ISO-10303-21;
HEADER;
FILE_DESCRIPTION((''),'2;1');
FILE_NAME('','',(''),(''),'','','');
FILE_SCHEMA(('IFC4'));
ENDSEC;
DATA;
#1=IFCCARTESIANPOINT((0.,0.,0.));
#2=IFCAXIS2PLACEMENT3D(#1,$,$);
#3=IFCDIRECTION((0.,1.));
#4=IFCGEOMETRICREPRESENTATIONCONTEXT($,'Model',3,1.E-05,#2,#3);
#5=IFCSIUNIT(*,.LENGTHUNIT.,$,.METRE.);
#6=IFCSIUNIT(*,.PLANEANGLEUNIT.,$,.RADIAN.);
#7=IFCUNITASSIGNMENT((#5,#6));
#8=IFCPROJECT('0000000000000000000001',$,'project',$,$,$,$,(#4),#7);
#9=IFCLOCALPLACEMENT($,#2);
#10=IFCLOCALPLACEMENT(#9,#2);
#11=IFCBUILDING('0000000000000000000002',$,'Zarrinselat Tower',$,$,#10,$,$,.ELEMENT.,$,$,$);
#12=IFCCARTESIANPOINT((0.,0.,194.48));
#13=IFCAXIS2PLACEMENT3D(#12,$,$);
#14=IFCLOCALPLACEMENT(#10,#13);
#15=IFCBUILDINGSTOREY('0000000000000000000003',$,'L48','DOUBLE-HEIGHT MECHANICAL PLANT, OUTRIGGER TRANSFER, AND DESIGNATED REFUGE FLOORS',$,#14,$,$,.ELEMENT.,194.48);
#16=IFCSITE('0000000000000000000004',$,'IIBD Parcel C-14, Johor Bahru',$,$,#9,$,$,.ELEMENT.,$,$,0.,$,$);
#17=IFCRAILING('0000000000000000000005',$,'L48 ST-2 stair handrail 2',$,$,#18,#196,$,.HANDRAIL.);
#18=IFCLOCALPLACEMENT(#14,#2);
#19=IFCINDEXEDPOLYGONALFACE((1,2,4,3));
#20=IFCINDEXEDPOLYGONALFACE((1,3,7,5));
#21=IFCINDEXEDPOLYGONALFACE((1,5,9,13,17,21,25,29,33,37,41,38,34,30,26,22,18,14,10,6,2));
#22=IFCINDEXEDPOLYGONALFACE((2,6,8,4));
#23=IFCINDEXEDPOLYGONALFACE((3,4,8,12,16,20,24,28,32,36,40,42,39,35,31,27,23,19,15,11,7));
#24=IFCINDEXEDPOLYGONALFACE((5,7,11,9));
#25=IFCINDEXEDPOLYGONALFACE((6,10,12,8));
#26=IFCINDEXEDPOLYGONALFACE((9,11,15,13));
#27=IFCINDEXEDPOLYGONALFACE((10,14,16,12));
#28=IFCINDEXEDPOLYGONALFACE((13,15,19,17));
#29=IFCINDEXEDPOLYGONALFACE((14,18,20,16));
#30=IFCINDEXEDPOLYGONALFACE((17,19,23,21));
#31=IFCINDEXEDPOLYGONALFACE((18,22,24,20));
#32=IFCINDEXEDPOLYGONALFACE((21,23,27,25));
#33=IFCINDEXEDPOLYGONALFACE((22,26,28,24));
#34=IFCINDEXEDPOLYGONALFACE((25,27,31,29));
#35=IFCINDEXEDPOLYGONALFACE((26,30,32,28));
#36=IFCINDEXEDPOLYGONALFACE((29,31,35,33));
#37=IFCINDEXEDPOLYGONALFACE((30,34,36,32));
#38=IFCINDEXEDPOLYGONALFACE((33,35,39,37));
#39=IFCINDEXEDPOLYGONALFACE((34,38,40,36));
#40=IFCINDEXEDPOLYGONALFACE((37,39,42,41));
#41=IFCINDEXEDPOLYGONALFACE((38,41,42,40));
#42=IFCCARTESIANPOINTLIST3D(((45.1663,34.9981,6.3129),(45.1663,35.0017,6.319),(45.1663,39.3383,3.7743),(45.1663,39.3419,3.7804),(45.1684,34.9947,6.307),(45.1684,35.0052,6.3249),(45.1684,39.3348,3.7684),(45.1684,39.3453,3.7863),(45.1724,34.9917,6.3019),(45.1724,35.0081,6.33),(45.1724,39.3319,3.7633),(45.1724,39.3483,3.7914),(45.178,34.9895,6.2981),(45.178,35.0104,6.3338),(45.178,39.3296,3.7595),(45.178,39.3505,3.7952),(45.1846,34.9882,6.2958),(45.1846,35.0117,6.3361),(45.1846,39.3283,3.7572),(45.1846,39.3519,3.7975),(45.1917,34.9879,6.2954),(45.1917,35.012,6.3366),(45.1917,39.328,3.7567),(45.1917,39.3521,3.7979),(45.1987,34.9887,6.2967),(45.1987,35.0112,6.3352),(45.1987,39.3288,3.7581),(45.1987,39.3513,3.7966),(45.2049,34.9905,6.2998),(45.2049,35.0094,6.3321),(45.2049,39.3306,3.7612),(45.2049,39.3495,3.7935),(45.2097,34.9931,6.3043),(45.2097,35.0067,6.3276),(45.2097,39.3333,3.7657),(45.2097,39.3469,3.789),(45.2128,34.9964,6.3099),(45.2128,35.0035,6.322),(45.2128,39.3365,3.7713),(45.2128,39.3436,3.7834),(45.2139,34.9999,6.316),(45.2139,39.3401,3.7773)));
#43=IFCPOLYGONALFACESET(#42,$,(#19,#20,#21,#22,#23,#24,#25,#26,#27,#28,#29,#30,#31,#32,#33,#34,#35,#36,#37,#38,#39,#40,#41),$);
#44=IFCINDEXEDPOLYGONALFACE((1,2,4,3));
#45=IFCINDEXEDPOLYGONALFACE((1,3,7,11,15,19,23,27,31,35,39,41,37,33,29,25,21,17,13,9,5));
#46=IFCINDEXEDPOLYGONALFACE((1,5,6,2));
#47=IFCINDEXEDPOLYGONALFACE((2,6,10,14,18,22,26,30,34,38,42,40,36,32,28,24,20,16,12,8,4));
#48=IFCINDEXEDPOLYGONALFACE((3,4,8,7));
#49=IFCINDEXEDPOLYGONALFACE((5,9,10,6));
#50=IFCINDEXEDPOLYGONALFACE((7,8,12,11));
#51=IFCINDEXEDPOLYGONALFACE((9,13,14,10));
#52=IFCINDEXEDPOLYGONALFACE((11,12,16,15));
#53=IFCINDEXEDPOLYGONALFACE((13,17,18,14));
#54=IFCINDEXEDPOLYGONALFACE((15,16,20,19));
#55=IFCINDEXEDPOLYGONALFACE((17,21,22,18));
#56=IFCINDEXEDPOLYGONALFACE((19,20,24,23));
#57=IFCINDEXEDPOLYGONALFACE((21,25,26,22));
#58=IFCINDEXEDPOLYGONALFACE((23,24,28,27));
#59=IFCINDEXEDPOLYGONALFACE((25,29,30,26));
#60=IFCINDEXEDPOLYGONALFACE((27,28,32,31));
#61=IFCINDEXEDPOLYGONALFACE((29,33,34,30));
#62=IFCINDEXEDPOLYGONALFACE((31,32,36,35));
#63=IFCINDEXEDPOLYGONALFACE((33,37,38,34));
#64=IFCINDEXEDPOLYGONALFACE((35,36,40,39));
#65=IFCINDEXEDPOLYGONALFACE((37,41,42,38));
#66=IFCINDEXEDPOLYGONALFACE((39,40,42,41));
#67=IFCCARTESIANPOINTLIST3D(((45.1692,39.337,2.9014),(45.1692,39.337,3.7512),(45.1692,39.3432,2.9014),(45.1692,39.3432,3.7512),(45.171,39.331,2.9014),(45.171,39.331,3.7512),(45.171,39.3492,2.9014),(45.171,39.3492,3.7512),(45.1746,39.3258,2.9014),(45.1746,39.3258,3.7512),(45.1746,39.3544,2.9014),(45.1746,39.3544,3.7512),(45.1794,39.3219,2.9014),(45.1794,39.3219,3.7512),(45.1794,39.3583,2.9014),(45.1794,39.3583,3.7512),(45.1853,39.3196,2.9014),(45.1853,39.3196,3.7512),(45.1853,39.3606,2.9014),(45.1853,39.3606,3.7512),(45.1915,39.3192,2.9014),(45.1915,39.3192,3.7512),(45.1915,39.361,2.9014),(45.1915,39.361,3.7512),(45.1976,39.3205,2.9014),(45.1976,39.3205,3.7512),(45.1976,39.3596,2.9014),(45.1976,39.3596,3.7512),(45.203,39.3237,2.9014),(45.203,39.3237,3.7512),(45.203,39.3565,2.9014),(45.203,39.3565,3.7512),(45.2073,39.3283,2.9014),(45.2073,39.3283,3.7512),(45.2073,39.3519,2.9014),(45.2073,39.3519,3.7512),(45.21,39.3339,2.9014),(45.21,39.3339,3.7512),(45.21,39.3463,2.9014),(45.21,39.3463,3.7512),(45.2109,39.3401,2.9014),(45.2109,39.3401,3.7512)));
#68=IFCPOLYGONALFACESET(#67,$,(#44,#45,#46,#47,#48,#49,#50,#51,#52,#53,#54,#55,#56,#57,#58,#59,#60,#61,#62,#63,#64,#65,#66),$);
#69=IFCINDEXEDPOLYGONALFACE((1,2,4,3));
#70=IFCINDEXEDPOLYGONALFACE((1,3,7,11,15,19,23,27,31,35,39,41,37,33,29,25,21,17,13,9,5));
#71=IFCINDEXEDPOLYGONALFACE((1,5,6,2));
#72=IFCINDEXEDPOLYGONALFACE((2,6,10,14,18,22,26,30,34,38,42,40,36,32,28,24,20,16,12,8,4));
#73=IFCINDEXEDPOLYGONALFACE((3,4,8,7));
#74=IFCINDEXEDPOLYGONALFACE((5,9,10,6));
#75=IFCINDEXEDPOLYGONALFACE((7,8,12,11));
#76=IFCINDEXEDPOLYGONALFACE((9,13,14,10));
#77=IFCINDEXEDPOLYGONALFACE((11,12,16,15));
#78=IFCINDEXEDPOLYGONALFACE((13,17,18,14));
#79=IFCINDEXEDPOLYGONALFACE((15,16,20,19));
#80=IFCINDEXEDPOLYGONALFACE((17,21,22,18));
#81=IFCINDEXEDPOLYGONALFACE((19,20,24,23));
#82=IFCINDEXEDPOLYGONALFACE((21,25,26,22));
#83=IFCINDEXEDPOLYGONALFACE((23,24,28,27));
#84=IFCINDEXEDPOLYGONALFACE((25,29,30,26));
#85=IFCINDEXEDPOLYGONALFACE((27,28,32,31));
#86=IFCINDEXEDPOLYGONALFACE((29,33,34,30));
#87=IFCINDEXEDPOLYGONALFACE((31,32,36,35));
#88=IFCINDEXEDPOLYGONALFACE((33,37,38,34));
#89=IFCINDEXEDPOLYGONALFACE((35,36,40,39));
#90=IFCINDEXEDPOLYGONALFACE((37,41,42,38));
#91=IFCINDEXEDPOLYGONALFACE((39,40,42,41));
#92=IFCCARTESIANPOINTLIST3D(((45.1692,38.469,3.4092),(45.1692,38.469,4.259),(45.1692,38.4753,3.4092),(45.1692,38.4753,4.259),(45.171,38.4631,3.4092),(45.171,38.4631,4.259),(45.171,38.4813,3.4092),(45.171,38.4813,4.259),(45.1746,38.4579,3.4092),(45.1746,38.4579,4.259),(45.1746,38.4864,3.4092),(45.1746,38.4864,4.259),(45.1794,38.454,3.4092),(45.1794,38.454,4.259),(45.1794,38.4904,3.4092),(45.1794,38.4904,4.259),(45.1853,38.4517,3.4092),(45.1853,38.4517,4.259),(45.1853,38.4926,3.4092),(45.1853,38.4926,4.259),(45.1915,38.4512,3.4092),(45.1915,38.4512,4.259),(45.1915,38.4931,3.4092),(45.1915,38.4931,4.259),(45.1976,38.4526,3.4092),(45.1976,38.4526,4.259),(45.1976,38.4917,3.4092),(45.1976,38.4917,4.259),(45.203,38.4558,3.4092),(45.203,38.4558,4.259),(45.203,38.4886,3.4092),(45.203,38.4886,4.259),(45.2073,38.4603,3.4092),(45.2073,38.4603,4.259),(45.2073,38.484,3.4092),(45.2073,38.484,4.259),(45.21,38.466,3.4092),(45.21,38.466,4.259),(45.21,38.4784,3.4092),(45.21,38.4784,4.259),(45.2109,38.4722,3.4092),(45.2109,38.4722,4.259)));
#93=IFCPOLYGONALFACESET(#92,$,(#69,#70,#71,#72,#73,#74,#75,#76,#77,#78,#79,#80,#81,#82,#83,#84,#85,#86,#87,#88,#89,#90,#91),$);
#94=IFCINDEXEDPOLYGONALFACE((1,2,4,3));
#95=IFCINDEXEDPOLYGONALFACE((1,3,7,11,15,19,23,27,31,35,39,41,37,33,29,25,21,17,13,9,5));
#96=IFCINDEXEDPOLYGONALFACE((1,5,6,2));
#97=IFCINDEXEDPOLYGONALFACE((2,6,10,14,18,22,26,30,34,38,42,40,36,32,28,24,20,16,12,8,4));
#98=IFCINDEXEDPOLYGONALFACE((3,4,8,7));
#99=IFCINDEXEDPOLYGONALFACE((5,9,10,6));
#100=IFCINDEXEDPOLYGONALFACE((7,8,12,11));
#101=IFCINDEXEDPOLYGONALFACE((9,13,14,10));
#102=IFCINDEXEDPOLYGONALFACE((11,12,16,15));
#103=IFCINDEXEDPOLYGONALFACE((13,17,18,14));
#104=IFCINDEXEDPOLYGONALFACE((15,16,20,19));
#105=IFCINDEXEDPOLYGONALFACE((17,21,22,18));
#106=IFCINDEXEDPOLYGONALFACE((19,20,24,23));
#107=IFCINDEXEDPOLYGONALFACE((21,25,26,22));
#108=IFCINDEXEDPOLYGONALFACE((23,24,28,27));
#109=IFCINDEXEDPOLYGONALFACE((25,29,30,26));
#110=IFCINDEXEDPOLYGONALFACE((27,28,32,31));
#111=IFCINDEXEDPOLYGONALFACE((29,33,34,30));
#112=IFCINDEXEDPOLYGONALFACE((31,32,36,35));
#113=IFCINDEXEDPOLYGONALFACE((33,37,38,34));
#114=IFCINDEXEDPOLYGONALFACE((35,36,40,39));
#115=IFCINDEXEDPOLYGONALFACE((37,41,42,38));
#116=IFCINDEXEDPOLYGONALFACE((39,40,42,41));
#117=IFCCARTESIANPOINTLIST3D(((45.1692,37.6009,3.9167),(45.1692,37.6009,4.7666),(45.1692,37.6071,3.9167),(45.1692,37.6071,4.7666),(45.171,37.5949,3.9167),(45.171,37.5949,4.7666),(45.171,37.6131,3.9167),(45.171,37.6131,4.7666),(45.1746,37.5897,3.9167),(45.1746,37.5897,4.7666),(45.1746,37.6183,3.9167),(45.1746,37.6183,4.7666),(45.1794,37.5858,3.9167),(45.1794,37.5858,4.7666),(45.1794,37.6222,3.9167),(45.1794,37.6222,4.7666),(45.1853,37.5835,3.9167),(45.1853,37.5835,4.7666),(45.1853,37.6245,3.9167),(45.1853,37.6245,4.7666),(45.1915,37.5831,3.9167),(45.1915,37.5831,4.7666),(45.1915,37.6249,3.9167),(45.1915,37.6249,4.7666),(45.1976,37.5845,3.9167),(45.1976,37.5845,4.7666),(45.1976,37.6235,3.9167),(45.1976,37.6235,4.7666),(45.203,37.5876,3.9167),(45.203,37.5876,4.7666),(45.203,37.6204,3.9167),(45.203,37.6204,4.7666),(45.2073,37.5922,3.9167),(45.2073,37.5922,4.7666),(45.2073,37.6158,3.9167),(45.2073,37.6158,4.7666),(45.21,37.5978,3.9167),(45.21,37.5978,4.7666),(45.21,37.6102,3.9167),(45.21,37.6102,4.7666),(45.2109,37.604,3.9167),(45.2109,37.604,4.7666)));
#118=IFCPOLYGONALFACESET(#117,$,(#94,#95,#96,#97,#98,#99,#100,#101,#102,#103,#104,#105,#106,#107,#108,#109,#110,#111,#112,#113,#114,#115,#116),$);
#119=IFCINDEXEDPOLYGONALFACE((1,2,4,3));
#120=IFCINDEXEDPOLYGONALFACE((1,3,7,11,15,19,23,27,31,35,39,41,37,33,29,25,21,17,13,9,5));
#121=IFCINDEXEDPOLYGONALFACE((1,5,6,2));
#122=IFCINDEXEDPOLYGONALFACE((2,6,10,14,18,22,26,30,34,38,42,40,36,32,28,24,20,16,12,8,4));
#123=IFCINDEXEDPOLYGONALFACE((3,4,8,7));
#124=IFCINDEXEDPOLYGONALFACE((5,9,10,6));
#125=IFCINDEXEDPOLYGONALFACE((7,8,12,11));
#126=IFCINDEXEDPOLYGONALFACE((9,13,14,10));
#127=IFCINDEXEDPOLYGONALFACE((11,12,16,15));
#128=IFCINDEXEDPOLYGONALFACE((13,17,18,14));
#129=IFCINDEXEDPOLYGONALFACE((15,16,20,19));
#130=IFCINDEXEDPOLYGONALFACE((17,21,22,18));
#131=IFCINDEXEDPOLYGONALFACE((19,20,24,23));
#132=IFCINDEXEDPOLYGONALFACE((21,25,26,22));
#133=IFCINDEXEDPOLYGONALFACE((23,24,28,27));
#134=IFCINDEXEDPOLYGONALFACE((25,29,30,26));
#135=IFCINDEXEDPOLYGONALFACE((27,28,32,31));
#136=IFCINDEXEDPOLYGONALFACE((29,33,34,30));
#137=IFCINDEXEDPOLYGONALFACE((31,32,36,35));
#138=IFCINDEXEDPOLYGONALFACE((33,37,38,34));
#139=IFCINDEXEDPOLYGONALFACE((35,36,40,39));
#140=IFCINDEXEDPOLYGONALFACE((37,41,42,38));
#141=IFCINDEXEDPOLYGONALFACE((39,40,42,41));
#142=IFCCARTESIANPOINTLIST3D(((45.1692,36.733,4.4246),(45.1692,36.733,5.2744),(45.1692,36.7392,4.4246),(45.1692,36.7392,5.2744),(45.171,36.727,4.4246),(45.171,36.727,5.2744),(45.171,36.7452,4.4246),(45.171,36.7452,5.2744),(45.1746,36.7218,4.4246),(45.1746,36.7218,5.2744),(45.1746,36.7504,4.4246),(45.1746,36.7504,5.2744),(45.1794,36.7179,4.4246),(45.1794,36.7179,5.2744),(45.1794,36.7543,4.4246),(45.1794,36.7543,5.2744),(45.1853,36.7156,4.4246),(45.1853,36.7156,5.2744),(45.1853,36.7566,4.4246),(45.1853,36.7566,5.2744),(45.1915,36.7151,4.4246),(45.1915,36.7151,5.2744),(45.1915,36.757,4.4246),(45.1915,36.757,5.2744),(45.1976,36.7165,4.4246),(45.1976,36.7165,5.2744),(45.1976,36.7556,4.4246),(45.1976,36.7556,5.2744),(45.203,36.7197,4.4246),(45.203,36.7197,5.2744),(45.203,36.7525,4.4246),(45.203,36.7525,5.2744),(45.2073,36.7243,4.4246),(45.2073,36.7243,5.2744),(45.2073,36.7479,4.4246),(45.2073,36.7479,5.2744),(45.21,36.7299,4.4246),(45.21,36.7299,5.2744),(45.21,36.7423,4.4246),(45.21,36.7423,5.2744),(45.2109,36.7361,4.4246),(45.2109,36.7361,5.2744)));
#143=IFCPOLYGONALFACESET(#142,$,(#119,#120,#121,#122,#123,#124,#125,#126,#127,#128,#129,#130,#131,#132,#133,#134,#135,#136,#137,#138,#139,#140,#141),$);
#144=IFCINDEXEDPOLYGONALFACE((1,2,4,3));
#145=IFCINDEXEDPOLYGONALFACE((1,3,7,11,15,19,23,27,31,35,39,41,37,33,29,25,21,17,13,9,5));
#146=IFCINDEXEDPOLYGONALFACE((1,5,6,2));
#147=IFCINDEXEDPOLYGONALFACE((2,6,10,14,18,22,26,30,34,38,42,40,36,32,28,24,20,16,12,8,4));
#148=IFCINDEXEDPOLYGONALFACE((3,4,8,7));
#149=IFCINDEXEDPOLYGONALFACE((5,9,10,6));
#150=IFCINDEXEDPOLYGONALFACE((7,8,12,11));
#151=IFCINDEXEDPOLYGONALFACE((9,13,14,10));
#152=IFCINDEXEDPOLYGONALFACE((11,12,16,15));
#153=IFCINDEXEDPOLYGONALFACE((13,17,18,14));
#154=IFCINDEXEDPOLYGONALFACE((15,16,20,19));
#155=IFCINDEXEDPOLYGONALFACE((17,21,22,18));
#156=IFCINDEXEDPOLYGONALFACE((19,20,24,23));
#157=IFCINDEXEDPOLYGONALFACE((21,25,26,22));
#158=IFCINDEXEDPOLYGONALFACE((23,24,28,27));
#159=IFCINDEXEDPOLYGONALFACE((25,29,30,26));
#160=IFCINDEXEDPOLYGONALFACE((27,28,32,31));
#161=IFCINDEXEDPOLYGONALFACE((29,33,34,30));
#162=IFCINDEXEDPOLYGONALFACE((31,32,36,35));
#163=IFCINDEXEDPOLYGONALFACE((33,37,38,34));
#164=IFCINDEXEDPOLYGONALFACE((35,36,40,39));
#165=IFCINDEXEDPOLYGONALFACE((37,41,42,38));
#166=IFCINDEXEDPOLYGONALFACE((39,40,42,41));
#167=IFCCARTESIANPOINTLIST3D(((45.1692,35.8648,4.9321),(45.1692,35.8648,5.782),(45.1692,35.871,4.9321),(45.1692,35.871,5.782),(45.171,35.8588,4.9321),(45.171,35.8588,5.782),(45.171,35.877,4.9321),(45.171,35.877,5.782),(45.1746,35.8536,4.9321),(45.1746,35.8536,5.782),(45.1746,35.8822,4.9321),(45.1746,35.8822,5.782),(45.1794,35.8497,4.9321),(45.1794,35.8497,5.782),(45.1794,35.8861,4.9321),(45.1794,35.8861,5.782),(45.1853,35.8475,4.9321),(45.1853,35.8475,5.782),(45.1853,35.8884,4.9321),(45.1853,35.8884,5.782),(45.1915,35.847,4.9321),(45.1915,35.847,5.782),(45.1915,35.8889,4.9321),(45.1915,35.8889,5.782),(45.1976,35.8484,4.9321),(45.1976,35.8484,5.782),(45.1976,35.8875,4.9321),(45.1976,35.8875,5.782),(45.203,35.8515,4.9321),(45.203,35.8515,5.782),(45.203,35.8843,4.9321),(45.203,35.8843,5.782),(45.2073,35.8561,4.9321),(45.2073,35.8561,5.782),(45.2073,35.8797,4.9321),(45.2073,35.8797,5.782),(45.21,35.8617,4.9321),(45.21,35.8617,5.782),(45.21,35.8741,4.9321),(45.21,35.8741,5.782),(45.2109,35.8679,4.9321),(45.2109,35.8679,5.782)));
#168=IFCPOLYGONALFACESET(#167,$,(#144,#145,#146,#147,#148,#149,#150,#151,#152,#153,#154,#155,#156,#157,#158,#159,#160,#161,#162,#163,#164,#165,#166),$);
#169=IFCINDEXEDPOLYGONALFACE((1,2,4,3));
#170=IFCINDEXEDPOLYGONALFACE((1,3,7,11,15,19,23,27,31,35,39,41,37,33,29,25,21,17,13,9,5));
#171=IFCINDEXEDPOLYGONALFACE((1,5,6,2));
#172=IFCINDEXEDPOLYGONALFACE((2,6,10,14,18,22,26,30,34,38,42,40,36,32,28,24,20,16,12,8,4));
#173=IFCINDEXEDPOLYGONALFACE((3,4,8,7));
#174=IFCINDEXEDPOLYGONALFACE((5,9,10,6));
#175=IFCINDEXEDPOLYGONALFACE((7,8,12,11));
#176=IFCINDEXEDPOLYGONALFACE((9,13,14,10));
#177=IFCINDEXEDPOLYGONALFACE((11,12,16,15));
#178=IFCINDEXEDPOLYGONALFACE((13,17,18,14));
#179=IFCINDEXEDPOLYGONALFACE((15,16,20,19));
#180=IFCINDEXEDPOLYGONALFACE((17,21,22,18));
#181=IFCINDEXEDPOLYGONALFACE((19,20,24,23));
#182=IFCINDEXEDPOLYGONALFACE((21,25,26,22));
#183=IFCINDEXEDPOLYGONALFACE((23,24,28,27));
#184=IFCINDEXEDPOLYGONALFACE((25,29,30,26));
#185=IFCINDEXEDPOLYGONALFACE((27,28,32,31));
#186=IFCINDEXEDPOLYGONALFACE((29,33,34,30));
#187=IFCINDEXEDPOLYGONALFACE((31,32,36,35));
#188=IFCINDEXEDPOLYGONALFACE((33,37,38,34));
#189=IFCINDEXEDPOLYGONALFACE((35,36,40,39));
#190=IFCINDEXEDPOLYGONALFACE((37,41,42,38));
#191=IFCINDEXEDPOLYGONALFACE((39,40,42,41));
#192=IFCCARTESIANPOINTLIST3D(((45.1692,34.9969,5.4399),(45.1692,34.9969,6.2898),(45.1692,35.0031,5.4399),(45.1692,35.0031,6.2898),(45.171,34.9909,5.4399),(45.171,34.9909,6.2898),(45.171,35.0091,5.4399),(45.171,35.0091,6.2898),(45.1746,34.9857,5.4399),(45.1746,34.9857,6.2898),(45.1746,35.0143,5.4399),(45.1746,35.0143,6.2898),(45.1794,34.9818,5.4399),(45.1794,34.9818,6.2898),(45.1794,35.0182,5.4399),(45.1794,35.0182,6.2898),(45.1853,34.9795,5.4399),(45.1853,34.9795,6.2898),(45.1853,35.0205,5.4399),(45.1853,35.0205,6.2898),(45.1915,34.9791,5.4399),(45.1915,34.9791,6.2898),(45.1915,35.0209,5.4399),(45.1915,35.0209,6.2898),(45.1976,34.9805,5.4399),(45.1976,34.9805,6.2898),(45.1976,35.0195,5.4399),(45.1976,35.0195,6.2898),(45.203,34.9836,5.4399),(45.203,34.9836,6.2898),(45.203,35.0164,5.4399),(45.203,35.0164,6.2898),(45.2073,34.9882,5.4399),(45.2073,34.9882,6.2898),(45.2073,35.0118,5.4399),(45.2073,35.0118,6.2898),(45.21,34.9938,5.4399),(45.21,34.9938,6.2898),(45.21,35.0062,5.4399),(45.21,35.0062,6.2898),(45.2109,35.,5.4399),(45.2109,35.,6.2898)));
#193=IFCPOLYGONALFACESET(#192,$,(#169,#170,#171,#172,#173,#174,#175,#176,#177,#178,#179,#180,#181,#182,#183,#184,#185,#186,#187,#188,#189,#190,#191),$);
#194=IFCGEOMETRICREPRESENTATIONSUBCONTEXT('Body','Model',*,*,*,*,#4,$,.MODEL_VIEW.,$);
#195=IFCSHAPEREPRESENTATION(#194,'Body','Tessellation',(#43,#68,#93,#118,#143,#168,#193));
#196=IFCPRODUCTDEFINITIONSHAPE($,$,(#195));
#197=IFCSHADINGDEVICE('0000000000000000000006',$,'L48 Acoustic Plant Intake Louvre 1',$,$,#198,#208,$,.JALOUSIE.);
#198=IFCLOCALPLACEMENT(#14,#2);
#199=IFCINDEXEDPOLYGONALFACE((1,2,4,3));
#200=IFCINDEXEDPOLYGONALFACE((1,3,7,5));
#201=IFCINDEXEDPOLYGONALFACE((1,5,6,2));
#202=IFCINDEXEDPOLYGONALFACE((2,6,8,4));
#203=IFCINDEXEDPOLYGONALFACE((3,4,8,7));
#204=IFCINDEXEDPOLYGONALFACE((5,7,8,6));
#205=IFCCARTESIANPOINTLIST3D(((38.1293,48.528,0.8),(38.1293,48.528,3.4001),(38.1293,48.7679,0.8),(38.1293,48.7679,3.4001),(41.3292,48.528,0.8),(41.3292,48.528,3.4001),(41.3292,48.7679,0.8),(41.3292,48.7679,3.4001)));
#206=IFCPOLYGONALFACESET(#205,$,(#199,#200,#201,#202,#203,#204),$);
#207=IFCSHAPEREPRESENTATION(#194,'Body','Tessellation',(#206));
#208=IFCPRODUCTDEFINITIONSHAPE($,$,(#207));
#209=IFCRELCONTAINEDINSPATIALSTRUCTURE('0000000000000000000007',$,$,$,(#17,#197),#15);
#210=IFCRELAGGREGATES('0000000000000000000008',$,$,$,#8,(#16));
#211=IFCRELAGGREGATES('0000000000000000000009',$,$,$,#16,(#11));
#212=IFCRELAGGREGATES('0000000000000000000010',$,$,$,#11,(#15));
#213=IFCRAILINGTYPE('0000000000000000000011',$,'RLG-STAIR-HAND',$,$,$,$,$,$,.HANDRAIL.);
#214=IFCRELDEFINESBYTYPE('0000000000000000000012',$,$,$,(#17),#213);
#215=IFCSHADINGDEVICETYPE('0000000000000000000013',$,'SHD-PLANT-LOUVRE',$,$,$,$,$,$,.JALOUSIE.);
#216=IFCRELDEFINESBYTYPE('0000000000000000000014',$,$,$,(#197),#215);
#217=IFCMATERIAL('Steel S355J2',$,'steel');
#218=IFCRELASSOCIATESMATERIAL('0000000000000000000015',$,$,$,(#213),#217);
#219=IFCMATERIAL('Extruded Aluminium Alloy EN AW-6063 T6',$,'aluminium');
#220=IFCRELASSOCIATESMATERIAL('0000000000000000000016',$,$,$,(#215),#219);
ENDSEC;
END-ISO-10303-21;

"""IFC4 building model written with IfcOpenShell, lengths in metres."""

from ifc_helpers import new_model, si_unit, direction, frame, origin, origin_2d, place, context, subcontext, project, spatial, rectangle, circle, extrude, material, type_object, element, save


model = new_model("IFC4")

# Units and contexts
model_context = context("Model", 3, precision=1e-05, world=origin(), true_north=direction((0.0, 1.0)))
body_context = subcontext(model_context, "Body", "Model", "MODEL_VIEW")
ifc_project = project(units=[si_unit("LENGTHUNIT", "METRE"), si_unit("PLANEANGLEUNIT", "RADIAN")], contexts=[model_context])

# Site, building, storey
site_placement = place(None, origin())
site = spatial("IfcSite", under=ifc_project, at=site_placement, Name="IIBD Parcel C-14, Johor Bahru", CompositionType="ELEMENT", RefElevation=0.0)
building_placement = place(site_placement, origin())
building = spatial("IfcBuilding", under=site, at=building_placement, Name="Zarrinselat Tower", CompositionType="ELEMENT")
storey_placement = place(building_placement, frame((0.0, 0.0, 194.48)))
storey = spatial("IfcBuildingStorey", under=building, at=storey_placement, Name="L48", Description="DOUBLE-HEIGHT MECHANICAL PLANT, OUTRIGGER TRANSFER, AND DESIGNATED REFUGE FLOORS", CompositionType="ELEMENT", Elevation=194.48)

# Railing
ifc_material_1 = material(Name="Steel S355J2", Category="steel")
railing_type_1 = type_object("IfcRailingType", Name="RLG-STAIR-HAND", PredefinedType="HANDRAIL", material=ifc_material_1)
railing_1_placement = place(storey_placement, frame((45.1899, 39.3401, 2.9014)))
element("IfcRailing", 1, at=railing_1_placement, inside=storey, type_object=railing_type_1, Name="L48 ST-2 stair handrail 2", PredefinedType="HANDRAIL", context=body_context, shape_type="SweptSolid", body=[
    extrude(circle(Radius=0.0239, at=origin_2d()), frame((0.0, 0.0, 0.876), z_axis=(0.0, -0.863185, 0.504888), x_axis=(1.0, 0.0, 0.0)), (0.0, 0.0, 1.0), 5.0281),
    extrude(circle(Radius=0.021, at=origin_2d()), origin(), (0.0, 0.0, 1.0), 0.8499),
    extrude(circle(Radius=0.021, at=origin_2d()), frame((0.0, -0.8679, 0.5078)), (0.0, 0.0, 1.0), 0.8499),
    extrude(circle(Radius=0.021, at=origin_2d()), frame((0.0, -1.7361, 1.0154)), (0.0, 0.0, 1.0), 0.8499),
    extrude(circle(Radius=0.021, at=origin_2d()), frame((0.0, -2.604, 1.5232)), (0.0, 0.0, 1.0), 0.8499),
    extrude(circle(Radius=0.021, at=origin_2d()), frame((0.0, -3.4722, 2.0308)), (0.0, 0.0, 1.0), 0.8499),
    extrude(circle(Radius=0.021, at=origin_2d()), frame((0.0, -4.3401, 2.5386)), (0.0, 0.0, 1.0), 0.8499),
])

# Shading device
ifc_material_2 = material(Name="Extruded Aluminium Alloy EN AW-6063 T6", Category="aluminium")
shading_device_type = type_object("IfcShadingDeviceType", Name="SHD-PLANT-LOUVRE", PredefinedType="JALOUSIE", material=ifc_material_2)
shading_device_placement = place(storey_placement, frame((39.7292, 48.6479, 0.8), z_axis=(0.0, 0.0, 1.0), x_axis=(-1.0, 0.0, 0.0)))
element("IfcShadingDevice", 2, at=shading_device_placement, inside=storey, type_object=shading_device_type, Name="L48 Acoustic Plant Intake Louvre 1", PredefinedType="JALOUSIE", context=body_context, shape_type="SweptSolid", body=[
    extrude(rectangle(XDim=3.2, YDim=0.24, at=origin_2d()), origin(), (0.0, 0.0, 1.0), 2.6001),
])

save(model, "model.ifc")
